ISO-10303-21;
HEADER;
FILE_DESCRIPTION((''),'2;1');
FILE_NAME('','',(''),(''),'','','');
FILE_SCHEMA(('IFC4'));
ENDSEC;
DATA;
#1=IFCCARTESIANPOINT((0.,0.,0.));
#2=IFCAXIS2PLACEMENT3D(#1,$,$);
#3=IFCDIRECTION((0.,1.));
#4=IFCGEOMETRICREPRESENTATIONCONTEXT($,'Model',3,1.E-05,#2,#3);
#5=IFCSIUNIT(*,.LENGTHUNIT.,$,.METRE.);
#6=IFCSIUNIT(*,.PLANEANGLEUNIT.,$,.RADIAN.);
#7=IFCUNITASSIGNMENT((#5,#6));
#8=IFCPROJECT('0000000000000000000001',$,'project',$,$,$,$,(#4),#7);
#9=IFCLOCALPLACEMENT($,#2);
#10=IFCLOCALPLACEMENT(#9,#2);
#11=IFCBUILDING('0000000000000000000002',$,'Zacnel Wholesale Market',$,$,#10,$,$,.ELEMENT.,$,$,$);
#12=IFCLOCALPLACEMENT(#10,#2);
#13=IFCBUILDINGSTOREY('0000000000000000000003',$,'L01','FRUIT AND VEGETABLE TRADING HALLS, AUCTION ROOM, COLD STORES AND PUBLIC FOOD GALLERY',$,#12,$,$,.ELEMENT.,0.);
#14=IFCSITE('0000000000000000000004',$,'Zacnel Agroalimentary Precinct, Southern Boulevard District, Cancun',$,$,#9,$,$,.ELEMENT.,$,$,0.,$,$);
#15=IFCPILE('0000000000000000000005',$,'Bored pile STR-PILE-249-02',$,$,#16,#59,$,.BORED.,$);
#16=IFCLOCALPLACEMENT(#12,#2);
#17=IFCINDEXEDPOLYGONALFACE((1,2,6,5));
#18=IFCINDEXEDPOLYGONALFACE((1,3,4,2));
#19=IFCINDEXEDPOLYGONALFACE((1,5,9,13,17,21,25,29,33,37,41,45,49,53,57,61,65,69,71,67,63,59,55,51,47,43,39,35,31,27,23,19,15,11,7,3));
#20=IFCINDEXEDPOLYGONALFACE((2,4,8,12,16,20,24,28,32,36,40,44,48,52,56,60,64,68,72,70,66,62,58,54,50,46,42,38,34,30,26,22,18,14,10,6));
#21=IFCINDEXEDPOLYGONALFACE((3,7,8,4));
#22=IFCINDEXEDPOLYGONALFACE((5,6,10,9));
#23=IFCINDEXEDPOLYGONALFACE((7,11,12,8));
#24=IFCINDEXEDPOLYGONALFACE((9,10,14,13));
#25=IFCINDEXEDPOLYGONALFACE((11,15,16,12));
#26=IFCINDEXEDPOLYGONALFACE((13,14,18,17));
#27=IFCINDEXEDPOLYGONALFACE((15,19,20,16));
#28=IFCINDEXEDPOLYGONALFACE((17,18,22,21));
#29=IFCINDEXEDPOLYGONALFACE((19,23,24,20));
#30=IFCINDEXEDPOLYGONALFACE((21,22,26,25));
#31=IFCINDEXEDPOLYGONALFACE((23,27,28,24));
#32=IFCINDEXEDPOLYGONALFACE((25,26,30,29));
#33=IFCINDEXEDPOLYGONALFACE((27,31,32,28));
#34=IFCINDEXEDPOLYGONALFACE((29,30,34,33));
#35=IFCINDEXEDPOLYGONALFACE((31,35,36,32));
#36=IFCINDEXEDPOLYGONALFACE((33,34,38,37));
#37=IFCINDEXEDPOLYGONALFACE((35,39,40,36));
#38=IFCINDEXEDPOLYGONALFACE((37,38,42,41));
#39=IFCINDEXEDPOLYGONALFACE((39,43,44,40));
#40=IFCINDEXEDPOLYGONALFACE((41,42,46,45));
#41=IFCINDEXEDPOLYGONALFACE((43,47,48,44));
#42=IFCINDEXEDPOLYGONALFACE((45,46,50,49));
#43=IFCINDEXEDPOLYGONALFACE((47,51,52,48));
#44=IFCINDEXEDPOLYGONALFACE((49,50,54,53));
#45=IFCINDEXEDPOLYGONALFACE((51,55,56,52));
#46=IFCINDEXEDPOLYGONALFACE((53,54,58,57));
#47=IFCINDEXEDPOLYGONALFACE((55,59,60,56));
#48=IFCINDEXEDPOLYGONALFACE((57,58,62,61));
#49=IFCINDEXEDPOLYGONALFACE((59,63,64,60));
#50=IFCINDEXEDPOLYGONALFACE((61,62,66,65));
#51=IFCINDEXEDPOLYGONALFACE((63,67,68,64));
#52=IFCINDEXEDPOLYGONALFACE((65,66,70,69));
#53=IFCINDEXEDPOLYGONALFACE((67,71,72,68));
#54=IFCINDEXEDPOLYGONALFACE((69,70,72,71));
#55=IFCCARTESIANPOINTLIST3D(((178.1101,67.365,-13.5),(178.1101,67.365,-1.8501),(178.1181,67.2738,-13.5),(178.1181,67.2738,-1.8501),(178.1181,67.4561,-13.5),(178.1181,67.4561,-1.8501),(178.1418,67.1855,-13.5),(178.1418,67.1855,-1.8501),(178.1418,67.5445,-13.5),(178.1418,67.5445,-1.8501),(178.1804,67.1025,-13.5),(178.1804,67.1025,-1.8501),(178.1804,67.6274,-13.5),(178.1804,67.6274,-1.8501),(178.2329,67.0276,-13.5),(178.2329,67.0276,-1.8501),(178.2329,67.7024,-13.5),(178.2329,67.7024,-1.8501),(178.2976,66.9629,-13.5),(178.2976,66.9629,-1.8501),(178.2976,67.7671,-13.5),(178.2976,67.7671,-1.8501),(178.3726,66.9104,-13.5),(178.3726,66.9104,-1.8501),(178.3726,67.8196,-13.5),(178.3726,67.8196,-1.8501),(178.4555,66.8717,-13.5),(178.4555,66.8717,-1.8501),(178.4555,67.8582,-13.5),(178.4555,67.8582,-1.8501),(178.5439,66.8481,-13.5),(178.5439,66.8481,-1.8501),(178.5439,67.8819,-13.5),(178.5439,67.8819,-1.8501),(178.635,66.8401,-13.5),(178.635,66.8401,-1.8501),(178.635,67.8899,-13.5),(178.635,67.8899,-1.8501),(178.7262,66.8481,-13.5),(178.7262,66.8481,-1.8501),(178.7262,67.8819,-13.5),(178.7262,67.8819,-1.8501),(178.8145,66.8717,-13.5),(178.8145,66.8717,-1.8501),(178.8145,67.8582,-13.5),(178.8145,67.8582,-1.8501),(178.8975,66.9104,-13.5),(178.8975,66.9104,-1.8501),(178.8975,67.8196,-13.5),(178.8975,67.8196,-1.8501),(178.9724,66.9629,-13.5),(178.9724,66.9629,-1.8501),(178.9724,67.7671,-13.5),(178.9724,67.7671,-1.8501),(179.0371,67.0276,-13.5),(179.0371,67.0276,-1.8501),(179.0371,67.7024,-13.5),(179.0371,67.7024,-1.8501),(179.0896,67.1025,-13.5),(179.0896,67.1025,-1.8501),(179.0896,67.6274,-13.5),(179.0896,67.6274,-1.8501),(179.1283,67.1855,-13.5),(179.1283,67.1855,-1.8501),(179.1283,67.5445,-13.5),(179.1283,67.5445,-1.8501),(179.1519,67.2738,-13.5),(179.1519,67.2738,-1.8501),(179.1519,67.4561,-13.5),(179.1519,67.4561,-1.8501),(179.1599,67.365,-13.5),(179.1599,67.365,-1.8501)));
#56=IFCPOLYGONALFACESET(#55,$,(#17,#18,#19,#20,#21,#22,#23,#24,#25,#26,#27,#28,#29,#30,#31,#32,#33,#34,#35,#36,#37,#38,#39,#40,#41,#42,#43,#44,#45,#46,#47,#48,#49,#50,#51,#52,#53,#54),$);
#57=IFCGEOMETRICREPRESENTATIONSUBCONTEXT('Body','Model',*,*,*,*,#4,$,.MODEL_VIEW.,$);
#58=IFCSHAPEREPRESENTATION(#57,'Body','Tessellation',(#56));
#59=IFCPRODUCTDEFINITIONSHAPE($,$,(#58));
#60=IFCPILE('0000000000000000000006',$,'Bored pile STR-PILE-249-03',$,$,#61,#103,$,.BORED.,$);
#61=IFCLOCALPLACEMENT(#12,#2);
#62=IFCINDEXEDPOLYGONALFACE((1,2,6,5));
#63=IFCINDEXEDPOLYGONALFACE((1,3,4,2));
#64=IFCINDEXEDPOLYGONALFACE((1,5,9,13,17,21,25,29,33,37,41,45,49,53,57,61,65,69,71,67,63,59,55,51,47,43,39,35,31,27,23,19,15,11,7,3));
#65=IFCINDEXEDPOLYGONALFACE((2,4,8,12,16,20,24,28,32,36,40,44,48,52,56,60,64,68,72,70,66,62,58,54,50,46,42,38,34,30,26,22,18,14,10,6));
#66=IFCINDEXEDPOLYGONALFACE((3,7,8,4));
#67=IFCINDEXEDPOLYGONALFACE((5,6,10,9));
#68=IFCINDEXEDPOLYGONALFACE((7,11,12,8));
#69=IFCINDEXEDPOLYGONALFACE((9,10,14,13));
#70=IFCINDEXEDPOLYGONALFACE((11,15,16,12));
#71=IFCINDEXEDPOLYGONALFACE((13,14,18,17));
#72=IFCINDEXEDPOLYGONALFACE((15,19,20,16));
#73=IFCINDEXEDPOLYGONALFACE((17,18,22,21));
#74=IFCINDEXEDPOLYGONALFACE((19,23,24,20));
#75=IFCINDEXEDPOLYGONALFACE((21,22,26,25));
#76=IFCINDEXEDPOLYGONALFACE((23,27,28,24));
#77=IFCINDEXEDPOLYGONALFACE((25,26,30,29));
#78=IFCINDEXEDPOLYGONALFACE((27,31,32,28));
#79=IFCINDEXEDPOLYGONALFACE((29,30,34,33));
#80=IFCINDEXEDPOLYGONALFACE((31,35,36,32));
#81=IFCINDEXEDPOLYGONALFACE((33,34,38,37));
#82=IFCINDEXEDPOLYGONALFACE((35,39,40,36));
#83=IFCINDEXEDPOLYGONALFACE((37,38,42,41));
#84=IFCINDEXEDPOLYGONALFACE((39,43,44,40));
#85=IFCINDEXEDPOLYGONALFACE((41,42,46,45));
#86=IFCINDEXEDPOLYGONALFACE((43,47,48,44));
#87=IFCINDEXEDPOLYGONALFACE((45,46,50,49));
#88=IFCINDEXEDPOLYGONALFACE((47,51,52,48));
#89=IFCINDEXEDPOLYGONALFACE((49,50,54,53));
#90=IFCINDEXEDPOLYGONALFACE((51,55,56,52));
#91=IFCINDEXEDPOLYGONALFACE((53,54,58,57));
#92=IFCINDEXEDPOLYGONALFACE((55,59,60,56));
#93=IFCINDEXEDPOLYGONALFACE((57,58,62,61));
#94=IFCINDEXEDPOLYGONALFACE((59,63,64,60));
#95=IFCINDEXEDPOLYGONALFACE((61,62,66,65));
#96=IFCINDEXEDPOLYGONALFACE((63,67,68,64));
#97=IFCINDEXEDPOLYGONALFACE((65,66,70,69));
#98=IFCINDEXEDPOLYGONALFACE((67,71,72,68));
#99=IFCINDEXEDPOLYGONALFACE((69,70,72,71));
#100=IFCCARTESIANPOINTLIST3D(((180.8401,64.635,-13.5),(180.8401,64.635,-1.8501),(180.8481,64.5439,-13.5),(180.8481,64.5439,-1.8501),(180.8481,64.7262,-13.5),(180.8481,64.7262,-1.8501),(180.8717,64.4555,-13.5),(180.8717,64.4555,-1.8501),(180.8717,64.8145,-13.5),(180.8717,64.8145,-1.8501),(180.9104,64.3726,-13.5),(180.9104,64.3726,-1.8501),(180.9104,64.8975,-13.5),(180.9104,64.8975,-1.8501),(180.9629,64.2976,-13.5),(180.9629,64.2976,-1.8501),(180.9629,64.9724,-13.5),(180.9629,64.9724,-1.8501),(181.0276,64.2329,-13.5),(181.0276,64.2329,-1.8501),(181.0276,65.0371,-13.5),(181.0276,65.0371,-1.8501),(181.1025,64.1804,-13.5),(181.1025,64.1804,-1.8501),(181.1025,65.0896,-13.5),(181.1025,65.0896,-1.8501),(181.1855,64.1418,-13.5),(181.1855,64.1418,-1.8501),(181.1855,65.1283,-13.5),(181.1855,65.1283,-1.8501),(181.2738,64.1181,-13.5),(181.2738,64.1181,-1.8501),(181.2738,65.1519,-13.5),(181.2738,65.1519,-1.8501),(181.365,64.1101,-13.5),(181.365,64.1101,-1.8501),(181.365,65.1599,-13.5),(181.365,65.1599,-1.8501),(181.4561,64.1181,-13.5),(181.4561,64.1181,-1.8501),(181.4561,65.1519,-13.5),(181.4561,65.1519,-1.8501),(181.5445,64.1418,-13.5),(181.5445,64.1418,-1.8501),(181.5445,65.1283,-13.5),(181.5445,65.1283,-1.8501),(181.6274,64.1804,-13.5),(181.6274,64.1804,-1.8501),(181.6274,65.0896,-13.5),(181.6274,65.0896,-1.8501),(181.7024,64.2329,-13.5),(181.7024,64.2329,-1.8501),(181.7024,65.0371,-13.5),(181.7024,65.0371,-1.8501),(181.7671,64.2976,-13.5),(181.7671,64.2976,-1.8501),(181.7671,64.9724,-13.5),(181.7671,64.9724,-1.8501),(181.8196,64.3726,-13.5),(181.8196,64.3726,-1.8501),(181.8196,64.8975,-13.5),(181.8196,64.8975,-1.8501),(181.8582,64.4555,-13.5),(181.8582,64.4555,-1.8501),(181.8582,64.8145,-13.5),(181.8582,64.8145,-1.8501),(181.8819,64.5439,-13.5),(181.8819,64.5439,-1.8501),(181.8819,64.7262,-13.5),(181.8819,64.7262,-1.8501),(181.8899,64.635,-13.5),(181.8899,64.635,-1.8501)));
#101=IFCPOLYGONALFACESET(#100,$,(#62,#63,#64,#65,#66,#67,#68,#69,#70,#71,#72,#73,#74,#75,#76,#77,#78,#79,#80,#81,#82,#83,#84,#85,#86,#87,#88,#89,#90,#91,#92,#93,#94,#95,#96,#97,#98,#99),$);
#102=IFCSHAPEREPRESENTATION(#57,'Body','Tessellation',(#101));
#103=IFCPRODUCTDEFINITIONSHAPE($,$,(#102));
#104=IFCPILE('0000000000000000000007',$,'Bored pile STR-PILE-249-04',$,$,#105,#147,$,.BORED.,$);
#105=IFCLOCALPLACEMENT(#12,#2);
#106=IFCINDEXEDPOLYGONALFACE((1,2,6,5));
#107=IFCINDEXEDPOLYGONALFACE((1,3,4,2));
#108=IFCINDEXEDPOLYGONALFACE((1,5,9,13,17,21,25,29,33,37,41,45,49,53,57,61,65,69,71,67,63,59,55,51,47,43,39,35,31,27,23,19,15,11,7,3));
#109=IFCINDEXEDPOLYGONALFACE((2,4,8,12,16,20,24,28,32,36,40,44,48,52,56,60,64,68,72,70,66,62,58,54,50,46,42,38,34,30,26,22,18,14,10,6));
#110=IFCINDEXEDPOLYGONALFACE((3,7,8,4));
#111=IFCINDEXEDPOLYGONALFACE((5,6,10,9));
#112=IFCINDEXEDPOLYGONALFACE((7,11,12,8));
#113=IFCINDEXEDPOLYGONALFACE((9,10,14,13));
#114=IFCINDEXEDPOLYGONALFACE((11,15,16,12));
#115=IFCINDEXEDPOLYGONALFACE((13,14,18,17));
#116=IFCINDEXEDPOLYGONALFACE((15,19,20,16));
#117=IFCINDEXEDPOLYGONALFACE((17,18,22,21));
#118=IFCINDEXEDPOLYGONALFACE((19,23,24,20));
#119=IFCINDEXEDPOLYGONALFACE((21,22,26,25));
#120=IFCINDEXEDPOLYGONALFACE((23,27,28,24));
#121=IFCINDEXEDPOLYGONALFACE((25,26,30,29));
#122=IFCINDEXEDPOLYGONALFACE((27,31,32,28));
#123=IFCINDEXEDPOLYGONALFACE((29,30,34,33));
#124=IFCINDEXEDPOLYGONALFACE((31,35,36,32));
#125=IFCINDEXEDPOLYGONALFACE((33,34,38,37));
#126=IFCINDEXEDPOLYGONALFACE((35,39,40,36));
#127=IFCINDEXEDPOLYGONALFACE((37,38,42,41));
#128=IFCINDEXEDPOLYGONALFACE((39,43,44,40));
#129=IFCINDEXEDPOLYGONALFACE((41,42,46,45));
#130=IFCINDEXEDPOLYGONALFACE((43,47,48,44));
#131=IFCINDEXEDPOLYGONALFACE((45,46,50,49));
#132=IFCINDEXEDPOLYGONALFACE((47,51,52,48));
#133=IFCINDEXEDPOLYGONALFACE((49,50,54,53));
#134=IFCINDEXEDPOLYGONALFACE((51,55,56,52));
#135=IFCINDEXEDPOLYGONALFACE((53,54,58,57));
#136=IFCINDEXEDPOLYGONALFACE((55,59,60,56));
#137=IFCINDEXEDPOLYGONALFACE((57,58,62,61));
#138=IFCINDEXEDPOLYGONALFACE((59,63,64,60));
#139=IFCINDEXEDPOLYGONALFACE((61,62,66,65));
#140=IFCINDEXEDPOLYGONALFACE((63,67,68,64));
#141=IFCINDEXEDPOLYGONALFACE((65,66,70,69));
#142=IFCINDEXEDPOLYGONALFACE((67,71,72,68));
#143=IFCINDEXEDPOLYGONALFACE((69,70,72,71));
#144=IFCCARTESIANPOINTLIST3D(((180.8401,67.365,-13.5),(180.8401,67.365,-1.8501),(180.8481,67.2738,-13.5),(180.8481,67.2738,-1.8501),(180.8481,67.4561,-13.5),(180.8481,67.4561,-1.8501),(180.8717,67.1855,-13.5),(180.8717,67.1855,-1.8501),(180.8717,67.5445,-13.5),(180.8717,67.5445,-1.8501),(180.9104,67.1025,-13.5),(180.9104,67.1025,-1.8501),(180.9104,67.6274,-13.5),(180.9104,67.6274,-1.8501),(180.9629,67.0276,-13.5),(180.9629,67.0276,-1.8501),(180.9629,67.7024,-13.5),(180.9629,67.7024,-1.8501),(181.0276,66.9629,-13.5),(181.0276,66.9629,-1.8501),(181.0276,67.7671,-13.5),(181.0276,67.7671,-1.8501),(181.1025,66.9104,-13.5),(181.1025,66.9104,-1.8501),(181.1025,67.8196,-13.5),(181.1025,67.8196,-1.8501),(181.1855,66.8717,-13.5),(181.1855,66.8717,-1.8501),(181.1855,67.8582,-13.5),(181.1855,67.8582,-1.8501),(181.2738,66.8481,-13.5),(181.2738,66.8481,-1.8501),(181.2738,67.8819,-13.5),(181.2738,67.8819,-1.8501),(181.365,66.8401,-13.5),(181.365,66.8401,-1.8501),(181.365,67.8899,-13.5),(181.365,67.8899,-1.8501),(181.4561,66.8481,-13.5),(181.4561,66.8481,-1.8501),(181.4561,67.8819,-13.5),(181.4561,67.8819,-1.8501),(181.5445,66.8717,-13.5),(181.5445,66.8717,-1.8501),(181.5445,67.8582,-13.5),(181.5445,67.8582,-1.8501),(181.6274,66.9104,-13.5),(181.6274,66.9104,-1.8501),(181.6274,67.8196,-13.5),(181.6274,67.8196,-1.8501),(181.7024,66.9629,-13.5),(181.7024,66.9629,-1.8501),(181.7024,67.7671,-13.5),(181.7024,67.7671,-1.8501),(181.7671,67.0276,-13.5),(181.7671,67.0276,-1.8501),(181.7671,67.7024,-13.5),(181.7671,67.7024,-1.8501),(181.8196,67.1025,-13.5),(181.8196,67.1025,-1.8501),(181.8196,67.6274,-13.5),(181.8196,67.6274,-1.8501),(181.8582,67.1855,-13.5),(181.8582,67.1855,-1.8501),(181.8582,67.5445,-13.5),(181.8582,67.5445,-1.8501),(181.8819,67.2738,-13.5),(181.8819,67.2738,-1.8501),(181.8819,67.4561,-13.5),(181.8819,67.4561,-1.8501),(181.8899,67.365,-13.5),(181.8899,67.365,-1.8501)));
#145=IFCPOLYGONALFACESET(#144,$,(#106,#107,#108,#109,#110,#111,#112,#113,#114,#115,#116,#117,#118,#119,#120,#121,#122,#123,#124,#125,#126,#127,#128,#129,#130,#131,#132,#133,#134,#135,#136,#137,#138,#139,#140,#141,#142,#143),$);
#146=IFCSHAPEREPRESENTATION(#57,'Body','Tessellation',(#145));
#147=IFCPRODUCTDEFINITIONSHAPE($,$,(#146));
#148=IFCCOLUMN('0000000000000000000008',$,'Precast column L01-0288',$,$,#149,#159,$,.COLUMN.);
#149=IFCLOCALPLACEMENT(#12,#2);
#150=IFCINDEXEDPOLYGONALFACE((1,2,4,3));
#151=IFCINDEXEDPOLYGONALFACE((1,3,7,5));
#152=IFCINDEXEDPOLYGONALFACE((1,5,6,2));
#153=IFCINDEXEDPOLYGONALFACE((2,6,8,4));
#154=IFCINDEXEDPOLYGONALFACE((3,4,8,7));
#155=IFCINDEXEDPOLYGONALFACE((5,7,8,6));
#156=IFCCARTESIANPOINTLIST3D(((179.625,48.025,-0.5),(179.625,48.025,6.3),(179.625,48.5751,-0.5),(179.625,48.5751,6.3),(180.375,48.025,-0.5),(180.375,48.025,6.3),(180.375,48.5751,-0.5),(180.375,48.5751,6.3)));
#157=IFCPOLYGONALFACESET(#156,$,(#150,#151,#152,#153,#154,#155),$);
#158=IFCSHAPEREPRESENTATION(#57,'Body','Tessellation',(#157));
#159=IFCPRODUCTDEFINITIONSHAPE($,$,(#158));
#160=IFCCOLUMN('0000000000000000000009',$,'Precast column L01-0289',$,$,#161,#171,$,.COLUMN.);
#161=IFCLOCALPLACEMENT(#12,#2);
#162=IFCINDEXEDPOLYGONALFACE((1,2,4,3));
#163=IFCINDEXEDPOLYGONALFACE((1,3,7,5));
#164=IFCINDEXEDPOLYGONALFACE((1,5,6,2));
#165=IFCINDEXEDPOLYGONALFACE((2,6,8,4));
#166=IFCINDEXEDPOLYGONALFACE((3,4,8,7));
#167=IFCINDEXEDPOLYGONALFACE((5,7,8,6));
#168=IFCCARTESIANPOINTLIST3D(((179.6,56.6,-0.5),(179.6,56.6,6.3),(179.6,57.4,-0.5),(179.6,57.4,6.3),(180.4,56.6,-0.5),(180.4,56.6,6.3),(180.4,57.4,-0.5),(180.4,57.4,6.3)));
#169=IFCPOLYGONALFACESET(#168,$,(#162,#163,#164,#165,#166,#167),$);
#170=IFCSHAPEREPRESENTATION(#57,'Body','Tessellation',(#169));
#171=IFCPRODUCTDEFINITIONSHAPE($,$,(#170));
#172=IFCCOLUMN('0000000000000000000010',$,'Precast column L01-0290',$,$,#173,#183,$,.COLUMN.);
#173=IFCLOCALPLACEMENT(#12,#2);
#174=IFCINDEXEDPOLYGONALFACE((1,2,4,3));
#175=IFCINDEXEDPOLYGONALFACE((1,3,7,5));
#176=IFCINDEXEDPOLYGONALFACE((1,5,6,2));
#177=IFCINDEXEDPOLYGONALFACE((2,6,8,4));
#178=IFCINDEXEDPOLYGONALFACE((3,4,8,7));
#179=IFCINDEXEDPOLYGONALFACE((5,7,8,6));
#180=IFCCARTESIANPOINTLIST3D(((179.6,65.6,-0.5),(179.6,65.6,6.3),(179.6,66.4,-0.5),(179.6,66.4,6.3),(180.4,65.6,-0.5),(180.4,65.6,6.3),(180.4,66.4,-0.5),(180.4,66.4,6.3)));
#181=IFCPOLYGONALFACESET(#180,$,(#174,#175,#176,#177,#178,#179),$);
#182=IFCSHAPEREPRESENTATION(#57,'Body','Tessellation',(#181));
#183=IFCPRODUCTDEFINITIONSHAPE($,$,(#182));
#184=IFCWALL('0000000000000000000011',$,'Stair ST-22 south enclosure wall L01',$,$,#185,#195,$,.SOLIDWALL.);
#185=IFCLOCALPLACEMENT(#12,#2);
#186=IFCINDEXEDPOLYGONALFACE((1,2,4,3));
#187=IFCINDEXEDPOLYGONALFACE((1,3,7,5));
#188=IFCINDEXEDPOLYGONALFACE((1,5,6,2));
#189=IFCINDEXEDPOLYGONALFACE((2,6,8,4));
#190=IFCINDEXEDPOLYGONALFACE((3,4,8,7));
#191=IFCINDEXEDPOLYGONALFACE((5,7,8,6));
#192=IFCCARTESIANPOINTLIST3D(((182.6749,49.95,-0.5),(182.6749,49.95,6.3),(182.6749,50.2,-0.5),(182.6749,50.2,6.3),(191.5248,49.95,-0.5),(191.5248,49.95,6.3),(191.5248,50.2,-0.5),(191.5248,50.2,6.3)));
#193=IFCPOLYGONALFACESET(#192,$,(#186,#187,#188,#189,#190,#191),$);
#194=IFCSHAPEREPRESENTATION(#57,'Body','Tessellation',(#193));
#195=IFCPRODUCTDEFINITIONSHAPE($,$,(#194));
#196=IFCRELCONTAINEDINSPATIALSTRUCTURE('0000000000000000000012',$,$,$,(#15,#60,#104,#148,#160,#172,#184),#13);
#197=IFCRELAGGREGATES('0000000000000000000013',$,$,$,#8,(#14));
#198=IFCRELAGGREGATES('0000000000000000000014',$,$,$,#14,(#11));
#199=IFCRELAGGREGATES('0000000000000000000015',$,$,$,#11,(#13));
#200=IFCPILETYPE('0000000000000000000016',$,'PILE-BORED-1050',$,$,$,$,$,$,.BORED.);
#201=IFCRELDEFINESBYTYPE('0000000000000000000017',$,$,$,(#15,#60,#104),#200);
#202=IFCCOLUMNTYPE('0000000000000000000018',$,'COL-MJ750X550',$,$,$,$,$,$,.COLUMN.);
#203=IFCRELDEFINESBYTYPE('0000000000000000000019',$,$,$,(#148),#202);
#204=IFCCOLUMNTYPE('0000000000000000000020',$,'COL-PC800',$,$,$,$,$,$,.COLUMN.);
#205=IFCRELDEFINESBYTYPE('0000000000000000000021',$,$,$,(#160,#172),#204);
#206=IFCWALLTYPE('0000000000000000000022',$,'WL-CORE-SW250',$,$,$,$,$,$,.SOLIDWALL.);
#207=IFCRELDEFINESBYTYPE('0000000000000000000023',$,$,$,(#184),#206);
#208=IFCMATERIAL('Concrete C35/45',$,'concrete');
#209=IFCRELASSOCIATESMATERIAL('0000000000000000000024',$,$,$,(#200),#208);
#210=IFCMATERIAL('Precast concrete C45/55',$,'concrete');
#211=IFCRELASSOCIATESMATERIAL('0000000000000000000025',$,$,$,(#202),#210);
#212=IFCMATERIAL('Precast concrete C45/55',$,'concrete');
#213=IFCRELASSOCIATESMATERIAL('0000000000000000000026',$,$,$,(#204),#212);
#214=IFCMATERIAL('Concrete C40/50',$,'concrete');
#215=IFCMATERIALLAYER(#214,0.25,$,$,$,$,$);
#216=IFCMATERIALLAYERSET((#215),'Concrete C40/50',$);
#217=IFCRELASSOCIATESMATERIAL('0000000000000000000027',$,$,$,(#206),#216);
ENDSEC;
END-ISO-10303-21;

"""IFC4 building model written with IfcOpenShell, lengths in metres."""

from ifc_helpers import new_model, si_unit, direction, frame, frame_2d, origin, origin_2d, place, context, subcontext, project, spatial, rectangle, circle, extrude, material, layer, layer_set, material_profile, profile_set, type_object, element, save


model = new_model("IFC4")

# Units and contexts
model_context = context("Model", 3, precision=1e-05, world=origin(), true_north=direction((0.0, 1.0)))
body_context = subcontext(model_context, "Body", "Model", "MODEL_VIEW")
ifc_project = project(units=[si_unit("LENGTHUNIT", "METRE"), si_unit("PLANEANGLEUNIT", "RADIAN")], contexts=[model_context])

# Site, building, storey
site_placement = place(None, origin())
site = spatial("IfcSite", under=ifc_project, at=site_placement, Name="Zacnel Agroalimentary Precinct, Southern Boulevard District, Cancun", CompositionType="ELEMENT", RefElevation=0.0)
building_placement = place(site_placement, origin())
building = spatial("IfcBuilding", under=site, at=building_placement, Name="Zacnel Wholesale Market", CompositionType="ELEMENT")
storey_placement = place(building_placement, origin())
storey = spatial("IfcBuildingStorey", under=building, at=storey_placement, Name="L01", Description="FRUIT AND VEGETABLE TRADING HALLS, AUCTION ROOM, COLD STORES AND PUBLIC FOOD GALLERY", CompositionType="ELEMENT", Elevation=0.0)

# Piles
ifc_material_1 = material(Name="Concrete C35/45", Category="concrete")
ifc_material_profile_1 = material_profile(ifc_material_1, circle(Radius=0.5249, at=origin_2d()), Name="BORED PILE D1050")
ifc_profile_set_1 = profile_set([ifc_material_profile_1], Name="Concrete C35/45")
pile_type = type_object("IfcPileType", Name="PILE-BORED-1050", PredefinedType="BORED", material=ifc_profile_set_1)
for number, where, z_axis, x_axis, name in (
    (1, (178.635, 67.365, -1.8501), (0.0, 0.0, -1.0), (1.0, 0.0, 0.0), "Bored pile STR-PILE-249-02"),
    (2, (181.365, 64.635, -1.8501), (0.0, 0.0, -1.0), (1.0, 0.0, 0.0), "Bored pile STR-PILE-249-03"),
    (3, (181.365, 67.365, -1.8501), (0.0, 0.0, -1.0), (1.0, 0.0, 0.0), "Bored pile STR-PILE-249-04"),
):
    element("IfcPile", number, at=place(storey_placement, frame(where, z_axis=z_axis, x_axis=x_axis)), inside=storey, type_object=pile_type, Name=name, PredefinedType="BORED", context=body_context, shape_type="SweptSolid", body=[
        extrude(circle(Radius=0.5249, at=origin_2d()), origin(), (0.0, 0.0, 1.0), 11.6499),
    ])

# Columns
ifc_material_2 = material(Name="Precast concrete C45/55", Category="concrete")
ifc_material_profile_2 = material_profile(ifc_material_2, rectangle(XDim=0.75, YDim=0.55, at=origin_2d()), Name="PC 750x550")
ifc_profile_set_2 = profile_set([ifc_material_profile_2], Name="Precast concrete C45/55")
column_type_1 = type_object("IfcColumnType", Name="COL-MJ750X550", PredefinedType="COLUMN", material=ifc_profile_set_2)
column_placement = place(storey_placement, frame((180.0, 48.3, -0.5), z_axis=(0.0, 0.0, 1.0), x_axis=(1.0, 0.0, 0.0)))
element("IfcColumn", 4, at=column_placement, inside=storey, type_object=column_type_1, Name="Precast column L01-0288", PredefinedType="COLUMN", context=body_context, shape_type="SweptSolid", body=[
    extrude(rectangle(XDim=0.75, YDim=0.55, at=origin_2d()), origin(), (0.0, 0.0, 1.0), 6.8),
])
ifc_material_3 = material(Name="Precast concrete C45/55", Category="concrete")
ifc_material_profile_3 = material_profile(ifc_material_3, rectangle(XDim=0.8, YDim=0.8, at=origin_2d()), Name="PC 800x800")
ifc_profile_set_3 = profile_set([ifc_material_profile_3], Name="Precast concrete C45/55")
column_type_2 = type_object("IfcColumnType", Name="COL-PC800", PredefinedType="COLUMN", material=ifc_profile_set_3)
for number, where, z_axis, x_axis, name in (
    (5, (180.0, 57.0, -0.5), (0.0, 0.0, 1.0), (1.0, 0.0, 0.0), "Precast column L01-0289"),
    (6, (180.0, 66.0, -0.5), (0.0, 0.0, 1.0), (1.0, 0.0, 0.0), "Precast column L01-0290"),
):
    element("IfcColumn", number, at=place(storey_placement, frame(where, z_axis=z_axis, x_axis=x_axis)), inside=storey, type_object=column_type_2, Name=name, PredefinedType="COLUMN", context=body_context, shape_type="SweptSolid", body=[
        extrude(rectangle(XDim=0.8, YDim=0.8, at=origin_2d()), origin(), (0.0, 0.0, 1.0), 6.8),
    ])

# Wall
ifc_material_4 = material(Name="Concrete C40/50", Category="concrete")
ifc_layer_1 = layer(ifc_material_4, 0.25)
ifc_layer_set_1 = layer_set([ifc_layer_1], Name="Concrete C40/50")
wall_type_1 = type_object("IfcWallType", Name="WL-CORE-SW250", PredefinedType="SOLIDWALL", material=ifc_layer_set_1)
for number, where, z_axis, x_axis, name in (
    (7, (182.675, 50.075, -0.5), (0.0, 0.0, 1.0), (1.0, 0.0, 0.0), "Stair ST-22 south enclosure wall L01"),
):
    element("IfcWall", number, at=place(storey_placement, frame(where, z_axis=z_axis, x_axis=x_axis)), inside=storey, type_object=wall_type_1, Name=name, PredefinedType="SOLIDWALL", context=body_context, shape_type="SweptSolid", body=[
        extrude(rectangle(XDim=8.8499, YDim=0.25, at=frame_2d((4.4248, 0.0))), origin(), (0.0, 0.0, 1.0), 6.8),
    ])

save(model, "model.ifc")
